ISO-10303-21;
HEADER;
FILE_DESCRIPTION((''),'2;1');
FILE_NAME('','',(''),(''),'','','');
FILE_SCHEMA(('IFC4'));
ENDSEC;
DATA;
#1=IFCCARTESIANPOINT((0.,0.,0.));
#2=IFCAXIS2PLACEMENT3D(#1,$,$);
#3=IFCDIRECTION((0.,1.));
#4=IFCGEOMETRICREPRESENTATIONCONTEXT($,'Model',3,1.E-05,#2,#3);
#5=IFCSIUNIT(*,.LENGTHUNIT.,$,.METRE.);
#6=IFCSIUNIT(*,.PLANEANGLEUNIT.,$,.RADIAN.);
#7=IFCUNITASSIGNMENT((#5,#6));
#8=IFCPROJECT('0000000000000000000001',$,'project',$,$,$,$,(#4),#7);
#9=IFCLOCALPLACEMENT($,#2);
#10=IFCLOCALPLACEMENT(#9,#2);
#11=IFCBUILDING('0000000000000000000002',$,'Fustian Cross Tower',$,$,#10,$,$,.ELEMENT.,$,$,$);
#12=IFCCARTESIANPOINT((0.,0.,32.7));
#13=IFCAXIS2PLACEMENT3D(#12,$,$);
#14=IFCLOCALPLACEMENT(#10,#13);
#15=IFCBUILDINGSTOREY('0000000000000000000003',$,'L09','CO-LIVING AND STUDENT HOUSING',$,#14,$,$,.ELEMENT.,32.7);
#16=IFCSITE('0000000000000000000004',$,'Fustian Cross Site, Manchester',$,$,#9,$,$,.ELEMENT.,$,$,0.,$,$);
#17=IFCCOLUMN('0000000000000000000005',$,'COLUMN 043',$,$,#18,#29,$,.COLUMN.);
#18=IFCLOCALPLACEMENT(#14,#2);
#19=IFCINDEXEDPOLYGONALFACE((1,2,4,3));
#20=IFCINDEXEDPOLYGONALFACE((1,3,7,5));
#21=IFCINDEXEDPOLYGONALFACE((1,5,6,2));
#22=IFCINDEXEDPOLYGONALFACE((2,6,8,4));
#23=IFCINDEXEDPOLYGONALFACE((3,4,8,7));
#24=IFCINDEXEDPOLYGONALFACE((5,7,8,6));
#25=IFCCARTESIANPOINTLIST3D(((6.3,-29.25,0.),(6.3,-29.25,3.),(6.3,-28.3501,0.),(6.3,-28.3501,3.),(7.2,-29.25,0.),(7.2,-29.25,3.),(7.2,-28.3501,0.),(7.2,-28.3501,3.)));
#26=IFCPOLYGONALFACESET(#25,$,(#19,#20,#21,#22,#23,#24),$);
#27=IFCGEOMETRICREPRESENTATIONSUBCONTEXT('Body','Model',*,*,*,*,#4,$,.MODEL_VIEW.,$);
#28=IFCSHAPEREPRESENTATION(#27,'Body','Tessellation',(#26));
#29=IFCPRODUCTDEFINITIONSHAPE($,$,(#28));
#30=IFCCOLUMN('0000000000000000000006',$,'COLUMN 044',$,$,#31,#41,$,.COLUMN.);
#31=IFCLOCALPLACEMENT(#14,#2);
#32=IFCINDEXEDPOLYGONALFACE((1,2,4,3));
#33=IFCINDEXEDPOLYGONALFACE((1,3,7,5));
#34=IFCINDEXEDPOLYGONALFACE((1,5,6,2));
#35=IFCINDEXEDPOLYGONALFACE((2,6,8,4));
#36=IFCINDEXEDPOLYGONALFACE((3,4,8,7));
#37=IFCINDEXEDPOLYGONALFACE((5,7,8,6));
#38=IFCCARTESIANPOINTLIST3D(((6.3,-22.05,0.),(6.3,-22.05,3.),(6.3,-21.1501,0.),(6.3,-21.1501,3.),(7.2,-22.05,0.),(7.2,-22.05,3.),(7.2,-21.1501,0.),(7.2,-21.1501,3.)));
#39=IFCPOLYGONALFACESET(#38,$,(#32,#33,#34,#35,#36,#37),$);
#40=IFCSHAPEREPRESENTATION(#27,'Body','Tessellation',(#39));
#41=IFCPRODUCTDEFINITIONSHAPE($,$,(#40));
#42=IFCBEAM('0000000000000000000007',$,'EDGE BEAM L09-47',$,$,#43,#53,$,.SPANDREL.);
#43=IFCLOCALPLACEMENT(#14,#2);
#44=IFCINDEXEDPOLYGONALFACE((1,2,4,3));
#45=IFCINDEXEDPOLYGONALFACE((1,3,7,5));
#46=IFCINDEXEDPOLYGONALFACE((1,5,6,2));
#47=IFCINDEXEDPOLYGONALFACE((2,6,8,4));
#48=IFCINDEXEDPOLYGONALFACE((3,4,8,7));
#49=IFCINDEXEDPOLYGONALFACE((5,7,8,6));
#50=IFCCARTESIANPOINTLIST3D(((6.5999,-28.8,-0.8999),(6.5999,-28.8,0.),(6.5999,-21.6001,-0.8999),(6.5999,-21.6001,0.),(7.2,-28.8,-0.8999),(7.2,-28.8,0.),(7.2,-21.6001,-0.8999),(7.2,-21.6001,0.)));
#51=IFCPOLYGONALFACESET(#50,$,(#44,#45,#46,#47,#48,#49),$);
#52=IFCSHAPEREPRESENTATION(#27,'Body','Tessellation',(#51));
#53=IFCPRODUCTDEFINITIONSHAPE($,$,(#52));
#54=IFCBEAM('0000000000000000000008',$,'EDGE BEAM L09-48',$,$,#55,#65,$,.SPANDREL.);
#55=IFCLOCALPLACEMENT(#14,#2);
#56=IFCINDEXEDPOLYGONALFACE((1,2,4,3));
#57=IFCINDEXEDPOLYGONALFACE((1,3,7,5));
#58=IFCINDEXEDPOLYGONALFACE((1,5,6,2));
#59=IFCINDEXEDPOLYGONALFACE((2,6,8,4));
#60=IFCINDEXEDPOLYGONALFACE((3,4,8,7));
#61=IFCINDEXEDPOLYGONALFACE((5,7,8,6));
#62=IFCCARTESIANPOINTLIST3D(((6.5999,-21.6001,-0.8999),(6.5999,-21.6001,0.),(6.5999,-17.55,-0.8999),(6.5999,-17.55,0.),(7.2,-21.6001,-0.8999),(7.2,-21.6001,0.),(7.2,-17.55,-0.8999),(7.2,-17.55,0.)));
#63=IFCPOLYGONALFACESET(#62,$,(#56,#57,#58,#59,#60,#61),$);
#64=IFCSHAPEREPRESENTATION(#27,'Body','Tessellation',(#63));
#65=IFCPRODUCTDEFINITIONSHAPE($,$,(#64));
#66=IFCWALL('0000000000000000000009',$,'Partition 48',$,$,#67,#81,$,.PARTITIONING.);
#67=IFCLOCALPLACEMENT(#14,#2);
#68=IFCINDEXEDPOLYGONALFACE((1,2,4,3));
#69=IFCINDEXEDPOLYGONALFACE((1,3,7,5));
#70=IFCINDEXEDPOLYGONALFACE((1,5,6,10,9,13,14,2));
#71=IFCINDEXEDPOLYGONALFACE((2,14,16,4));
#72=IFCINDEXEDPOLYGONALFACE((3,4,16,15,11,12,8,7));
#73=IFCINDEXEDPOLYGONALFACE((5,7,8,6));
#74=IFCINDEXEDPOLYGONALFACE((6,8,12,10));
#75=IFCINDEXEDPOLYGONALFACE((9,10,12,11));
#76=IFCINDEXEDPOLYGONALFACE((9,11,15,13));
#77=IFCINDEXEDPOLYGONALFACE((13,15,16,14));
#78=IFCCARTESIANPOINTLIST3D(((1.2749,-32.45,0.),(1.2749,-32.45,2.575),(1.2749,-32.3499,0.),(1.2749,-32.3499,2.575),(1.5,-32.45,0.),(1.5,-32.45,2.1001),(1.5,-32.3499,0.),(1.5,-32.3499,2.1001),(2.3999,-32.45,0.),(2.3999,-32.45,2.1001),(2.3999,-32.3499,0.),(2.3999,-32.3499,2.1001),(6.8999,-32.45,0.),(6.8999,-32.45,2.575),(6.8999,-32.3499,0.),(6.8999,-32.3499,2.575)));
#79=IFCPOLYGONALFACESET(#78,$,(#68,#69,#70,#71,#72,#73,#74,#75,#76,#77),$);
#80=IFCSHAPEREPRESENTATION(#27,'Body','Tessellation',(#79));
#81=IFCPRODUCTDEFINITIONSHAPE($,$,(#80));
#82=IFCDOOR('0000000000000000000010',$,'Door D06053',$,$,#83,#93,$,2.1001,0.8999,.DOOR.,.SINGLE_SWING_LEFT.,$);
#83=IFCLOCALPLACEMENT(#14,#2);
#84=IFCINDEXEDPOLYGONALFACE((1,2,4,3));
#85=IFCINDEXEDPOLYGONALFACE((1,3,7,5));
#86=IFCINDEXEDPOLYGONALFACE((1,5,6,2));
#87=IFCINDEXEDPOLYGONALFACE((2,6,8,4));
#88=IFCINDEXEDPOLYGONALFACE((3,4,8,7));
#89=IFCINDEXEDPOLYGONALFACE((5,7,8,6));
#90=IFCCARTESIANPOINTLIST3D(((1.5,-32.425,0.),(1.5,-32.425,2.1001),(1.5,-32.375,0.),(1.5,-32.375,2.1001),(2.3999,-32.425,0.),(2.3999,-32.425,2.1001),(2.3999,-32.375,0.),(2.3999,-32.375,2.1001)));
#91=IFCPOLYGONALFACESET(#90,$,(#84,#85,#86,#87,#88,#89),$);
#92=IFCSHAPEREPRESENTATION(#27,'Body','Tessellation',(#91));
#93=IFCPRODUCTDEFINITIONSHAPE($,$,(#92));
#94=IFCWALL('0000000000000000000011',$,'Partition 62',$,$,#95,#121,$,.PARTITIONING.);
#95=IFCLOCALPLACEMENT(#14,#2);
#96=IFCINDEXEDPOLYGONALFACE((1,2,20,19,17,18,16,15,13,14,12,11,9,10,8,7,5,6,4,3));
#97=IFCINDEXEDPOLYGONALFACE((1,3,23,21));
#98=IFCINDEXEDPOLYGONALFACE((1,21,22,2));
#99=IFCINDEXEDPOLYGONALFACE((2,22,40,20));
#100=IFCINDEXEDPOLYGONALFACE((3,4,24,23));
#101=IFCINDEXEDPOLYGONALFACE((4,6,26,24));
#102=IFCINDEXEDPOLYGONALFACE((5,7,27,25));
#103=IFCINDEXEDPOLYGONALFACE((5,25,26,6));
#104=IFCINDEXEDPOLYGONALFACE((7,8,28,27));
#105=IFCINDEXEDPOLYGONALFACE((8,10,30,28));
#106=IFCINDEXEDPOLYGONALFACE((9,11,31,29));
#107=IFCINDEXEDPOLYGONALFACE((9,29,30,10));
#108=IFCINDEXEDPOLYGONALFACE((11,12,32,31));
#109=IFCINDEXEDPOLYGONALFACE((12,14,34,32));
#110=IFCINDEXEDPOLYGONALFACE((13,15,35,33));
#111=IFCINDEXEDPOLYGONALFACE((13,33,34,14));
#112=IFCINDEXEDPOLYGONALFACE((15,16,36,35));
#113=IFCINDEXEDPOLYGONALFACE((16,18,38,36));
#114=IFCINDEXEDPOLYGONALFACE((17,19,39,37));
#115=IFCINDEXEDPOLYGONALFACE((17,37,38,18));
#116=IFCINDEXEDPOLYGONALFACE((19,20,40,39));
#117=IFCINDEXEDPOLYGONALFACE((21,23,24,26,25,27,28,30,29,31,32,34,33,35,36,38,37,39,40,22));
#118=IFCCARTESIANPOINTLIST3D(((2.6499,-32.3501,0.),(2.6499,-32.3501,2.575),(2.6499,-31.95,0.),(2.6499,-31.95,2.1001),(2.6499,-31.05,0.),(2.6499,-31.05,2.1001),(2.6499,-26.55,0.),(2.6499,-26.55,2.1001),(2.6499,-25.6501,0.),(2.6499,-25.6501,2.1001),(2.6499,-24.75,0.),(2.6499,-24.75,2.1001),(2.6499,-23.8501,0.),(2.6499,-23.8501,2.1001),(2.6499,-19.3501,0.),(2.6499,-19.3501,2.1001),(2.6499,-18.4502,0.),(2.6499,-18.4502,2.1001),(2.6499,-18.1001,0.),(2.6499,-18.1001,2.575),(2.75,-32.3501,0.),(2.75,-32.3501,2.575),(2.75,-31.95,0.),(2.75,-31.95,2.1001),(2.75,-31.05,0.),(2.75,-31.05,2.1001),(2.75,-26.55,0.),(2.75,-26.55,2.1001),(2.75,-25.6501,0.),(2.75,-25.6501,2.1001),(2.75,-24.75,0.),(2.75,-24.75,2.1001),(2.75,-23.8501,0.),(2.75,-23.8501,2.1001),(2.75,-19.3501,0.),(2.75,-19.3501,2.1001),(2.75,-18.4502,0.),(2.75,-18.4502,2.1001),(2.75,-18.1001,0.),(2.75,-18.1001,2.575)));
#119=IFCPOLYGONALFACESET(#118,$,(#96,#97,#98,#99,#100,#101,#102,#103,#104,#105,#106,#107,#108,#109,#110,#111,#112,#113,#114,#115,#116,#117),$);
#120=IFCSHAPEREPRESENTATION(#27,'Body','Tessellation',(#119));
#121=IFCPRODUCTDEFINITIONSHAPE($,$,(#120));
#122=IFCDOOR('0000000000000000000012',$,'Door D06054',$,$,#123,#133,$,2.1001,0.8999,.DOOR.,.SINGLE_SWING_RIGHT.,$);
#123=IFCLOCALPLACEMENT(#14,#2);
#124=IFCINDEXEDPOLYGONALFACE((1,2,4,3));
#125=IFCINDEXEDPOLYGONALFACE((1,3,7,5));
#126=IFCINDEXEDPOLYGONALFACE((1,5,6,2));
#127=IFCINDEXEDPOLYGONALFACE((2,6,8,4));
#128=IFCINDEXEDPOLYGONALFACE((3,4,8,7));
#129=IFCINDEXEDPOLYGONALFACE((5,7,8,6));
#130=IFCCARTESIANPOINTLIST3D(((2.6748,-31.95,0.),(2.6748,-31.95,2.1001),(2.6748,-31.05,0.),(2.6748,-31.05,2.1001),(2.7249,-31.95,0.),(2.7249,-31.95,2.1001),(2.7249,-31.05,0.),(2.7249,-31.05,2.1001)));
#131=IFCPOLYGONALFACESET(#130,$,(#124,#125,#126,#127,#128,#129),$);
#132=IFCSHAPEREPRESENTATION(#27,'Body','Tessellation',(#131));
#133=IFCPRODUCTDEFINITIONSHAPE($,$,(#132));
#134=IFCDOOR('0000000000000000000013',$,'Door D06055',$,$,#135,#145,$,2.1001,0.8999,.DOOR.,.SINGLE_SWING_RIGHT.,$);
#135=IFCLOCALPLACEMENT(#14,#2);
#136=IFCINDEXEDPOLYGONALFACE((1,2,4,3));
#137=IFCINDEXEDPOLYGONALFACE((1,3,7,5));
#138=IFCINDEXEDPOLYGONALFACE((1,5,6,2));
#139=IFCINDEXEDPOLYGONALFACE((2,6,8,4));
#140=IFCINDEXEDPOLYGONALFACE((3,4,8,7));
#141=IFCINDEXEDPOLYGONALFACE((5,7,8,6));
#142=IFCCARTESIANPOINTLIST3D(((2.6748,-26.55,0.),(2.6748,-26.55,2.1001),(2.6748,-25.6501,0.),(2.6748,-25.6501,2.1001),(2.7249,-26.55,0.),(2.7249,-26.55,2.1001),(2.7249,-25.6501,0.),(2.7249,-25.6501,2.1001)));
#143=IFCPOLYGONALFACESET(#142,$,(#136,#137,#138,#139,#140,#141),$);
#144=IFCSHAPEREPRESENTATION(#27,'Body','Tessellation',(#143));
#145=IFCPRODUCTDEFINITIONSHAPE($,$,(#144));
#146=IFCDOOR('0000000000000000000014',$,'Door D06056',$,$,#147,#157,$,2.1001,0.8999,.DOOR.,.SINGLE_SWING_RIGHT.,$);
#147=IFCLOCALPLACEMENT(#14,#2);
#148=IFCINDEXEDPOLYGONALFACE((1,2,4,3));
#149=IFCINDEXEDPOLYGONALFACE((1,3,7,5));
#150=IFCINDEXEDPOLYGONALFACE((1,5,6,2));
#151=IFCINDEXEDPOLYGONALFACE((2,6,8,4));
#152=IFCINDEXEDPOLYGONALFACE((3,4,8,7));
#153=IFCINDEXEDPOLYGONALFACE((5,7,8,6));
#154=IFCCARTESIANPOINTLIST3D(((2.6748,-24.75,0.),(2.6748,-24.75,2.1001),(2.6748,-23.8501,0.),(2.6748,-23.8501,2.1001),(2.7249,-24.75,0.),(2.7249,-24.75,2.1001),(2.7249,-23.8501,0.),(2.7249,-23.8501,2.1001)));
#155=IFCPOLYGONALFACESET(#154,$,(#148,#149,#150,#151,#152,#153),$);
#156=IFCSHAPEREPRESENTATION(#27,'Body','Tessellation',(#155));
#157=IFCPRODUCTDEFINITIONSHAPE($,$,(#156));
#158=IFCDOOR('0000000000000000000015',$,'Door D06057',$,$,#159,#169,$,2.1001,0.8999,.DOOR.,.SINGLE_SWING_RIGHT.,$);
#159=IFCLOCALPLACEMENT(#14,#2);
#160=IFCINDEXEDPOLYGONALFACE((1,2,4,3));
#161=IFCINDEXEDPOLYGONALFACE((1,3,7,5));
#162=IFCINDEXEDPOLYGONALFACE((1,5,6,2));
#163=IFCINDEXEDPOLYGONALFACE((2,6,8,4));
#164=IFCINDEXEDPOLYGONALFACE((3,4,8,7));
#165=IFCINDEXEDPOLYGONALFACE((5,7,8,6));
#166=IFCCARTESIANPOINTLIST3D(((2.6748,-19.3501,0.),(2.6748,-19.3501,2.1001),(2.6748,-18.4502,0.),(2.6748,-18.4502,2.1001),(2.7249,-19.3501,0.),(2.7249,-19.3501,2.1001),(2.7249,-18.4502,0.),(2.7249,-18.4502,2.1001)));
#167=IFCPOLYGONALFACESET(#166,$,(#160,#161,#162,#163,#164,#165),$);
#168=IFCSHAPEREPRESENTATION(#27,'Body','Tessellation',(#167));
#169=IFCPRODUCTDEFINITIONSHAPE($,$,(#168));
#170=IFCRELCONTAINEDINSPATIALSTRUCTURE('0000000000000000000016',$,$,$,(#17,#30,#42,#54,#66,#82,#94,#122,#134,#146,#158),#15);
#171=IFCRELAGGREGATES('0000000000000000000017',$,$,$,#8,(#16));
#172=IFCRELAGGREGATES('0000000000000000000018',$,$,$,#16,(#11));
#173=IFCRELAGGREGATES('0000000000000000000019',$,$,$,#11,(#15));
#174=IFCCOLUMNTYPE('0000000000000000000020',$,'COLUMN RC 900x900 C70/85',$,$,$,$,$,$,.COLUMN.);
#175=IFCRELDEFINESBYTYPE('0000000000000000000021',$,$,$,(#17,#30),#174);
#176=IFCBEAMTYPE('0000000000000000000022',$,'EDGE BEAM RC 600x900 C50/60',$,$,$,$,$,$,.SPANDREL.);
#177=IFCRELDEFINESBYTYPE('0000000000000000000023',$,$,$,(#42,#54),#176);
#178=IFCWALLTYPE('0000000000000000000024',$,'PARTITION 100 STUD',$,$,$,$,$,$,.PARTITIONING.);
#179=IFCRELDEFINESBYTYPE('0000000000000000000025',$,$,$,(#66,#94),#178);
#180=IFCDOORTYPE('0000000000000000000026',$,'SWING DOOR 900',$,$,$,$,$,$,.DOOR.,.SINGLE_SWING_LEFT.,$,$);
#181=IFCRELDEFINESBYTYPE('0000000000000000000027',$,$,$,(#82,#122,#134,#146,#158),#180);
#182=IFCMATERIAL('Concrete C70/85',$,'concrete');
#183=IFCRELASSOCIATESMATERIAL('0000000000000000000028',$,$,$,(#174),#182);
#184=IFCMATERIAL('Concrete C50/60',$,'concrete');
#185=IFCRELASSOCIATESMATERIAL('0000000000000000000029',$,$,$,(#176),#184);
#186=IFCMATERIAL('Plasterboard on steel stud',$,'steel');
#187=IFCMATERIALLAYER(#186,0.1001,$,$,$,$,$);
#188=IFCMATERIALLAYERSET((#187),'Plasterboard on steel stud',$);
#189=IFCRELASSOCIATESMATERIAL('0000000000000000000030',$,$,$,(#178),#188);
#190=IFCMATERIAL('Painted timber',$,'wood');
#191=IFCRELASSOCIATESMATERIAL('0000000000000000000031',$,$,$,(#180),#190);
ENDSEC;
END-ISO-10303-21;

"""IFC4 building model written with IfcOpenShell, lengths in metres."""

from ifc_helpers import new_model, si_unit, direction, frame, frame_2d, origin, origin_2d, place, context, subcontext, project, spatial, rectangle, extrude, material, layer, layer_set, material_profile, profile_set, type_object, element, fill, save


model = new_model("IFC4")

# Units and contexts
model_context = context("Model", 3, precision=1e-05, world=origin(), true_north=direction((0.0, 1.0)))
body_context = subcontext(model_context, "Body", "Model", "MODEL_VIEW")
ifc_project = project(units=[si_unit("LENGTHUNIT", "METRE"), si_unit("PLANEANGLEUNIT", "RADIAN")], contexts=[model_context])

# Site, building, storey
site_placement = place(None, origin())
site = spatial("IfcSite", under=ifc_project, at=site_placement, Name="Fustian Cross Site, Manchester", CompositionType="ELEMENT", RefElevation=0.0)
building_placement = place(site_placement, origin())
building = spatial("IfcBuilding", under=site, at=building_placement, Name="Fustian Cross Tower", CompositionType="ELEMENT")
storey_placement = place(building_placement, frame((0.0, 0.0, 32.7)))
storey = spatial("IfcBuildingStorey", under=building, at=storey_placement, Name="L09", Description="CO-LIVING AND STUDENT HOUSING", CompositionType="ELEMENT", Elevation=32.7)

# Columns
ifc_material_1 = material(Name="Concrete C70/85", Category="concrete")
ifc_material_profile_1 = material_profile(ifc_material_1, rectangle(XDim=0.8999, YDim=0.8999, at=origin_2d()), Name="RC 900x900")
ifc_profile_set_1 = profile_set([ifc_material_profile_1], Name="Concrete C70/85")
column_type = type_object("IfcColumnType", Name="COLUMN RC 900x900 C70/85", PredefinedType="COLUMN", material=ifc_profile_set_1)
for number, where, z_axis, x_axis, name in (
    (1, (6.75, -28.8, 0.0), (0.0, 0.0, 1.0), (1.0, 0.0, 0.0), "COLUMN 043"),
    (2, (6.75, -21.6001, 0.0), (0.0, 0.0, 1.0), (1.0, 0.0, 0.0), "COLUMN 044"),
):
    element("IfcColumn", number, at=place(storey_placement, frame(where, z_axis=z_axis, x_axis=x_axis)), inside=storey, type_object=column_type, Name=name, PredefinedType="COLUMN", context=body_context, shape_type="SweptSolid", body=[
        extrude(rectangle(XDim=0.8999, YDim=0.8999, at=origin_2d()), origin(), (0.0, 0.0, 1.0), 3.0),
    ])

# Beams
ifc_material_2 = material(Name="Concrete C50/60", Category="concrete")
ifc_material_profile_2 = material_profile(ifc_material_2, rectangle(XDim=0.6001, YDim=0.8999, at=origin_2d()), Name="RC 600x900")
ifc_profile_set_2 = profile_set([ifc_material_profile_2], Name="Concrete C50/60")
beam_type = type_object("IfcBeamType", Name="EDGE BEAM RC 600x900 C50/60", PredefinedType="SPANDREL", material=ifc_profile_set_2)
beam_1_placement = place(storey_placement, frame((6.8999, -28.8, -0.45), z_axis=(0.0, 1.0, 0.0), x_axis=(-1.0, 0.0, 0.0)))
element("IfcBeam", 3, at=beam_1_placement, inside=storey, type_object=beam_type, Name="EDGE BEAM L09-47", PredefinedType="SPANDREL", context=body_context, shape_type="SweptSolid", body=[
    extrude(rectangle(XDim=0.6001, YDim=0.8999, at=origin_2d()), origin(), (0.0, 0.0, 1.0), 7.2),
])
beam_2_placement = place(storey_placement, frame((6.8999, -21.6001, -0.45), z_axis=(0.0, 1.0, 0.0), x_axis=(-1.0, 0.0, 0.0)))
element("IfcBeam", 4, at=beam_2_placement, inside=storey, type_object=beam_type, Name="EDGE BEAM L09-48", PredefinedType="SPANDREL", context=body_context, shape_type="SweptSolid", body=[
    extrude(rectangle(XDim=0.6001, YDim=0.8999, at=origin_2d()), origin(), (0.0, 0.0, 1.0), 4.05),
])

# Wall, opening, door
ifc_material_3 = material(Name="Plasterboard on steel stud", Category="steel")
ifc_layer_1 = layer(ifc_material_3, 0.1001)
ifc_layer_set_1 = layer_set([ifc_layer_1], Name="Plasterboard on steel stud")
wall_type_1 = type_object("IfcWallType", Name="PARTITION 100 STUD", PredefinedType="PARTITIONING", material=ifc_layer_set_1)
wall_1_placement = place(storey_placement, frame((1.2749, -32.3999, 0.0), z_axis=(0.0, 0.0, 1.0), x_axis=(1.0, 0.0, 0.0)))
wall_1 = element("IfcWall", 5, at=wall_1_placement, inside=storey, type_object=wall_type_1, Name="Partition 48", PredefinedType="PARTITIONING", context=body_context, shape_type="SweptSolid", body=[
    extrude(rectangle(XDim=5.625, YDim=0.1001, at=frame_2d((2.8125, 0.0))), origin(), (0.0, 0.0, 1.0), 2.575),
])
opening_1_placement = place(wall_1_placement, frame((0.2251, 0.0, 0.0)))
opening_1 = element("IfcOpeningElement", 6, at=opening_1_placement, cuts=wall_1, PredefinedType="OPENING", context=body_context, shape_type="SweptSolid", body=[
    extrude(rectangle(XDim=0.8999, YDim=2.1001, at=frame_2d((0.45, 1.05))), frame((0.0, 0.0601, 0.0), z_axis=(0.0, -1.0, 0.0), x_axis=(1.0, 0.0, 0.0)), (0.0, 0.0, 1.0), 0.1201),
])
ifc_material_4 = material(Name="Painted timber", Category="wood")
door_type_1 = type_object("IfcDoorType", Name="SWING DOOR 900", OperationType="SINGLE_SWING_LEFT", PredefinedType="DOOR", material=ifc_material_4)
door_1_placement = place(opening_1_placement, origin())
door_1 = element("IfcDoor", 7, at=door_1_placement, inside=storey, type_object=door_type_1, Name="Door D06053", OperationType="SINGLE_SWING_LEFT", OverallHeight=2.1001, OverallWidth=0.8999, PredefinedType="DOOR", context=body_context, shape_type="SweptSolid", body=[
    extrude(rectangle(XDim=0.8999, YDim=2.1001, at=frame_2d((0.45, 1.05))), frame((0.0, 0.0249, 0.0), z_axis=(0.0, -1.0, 0.0), x_axis=(1.0, 0.0, 0.0)), (0.0, 0.0, 1.0), 0.05),
])
fill(opening_1, door_1)

# Wall, openings, doors
wall_2_placement = place(storey_placement, frame((2.7, -32.3501, 0.0), z_axis=(0.0, 0.0, 1.0), x_axis=(0.0, 1.0, 0.0)))
wall_2 = element("IfcWall", 8, at=wall_2_placement, inside=storey, type_object=wall_type_1, Name="Partition 62", PredefinedType="PARTITIONING", context=body_context, shape_type="SweptSolid", body=[
    extrude(rectangle(XDim=14.25, YDim=0.1001, at=frame_2d((7.125, 0.0))), origin(), (0.0, 0.0, 1.0), 2.575),
])
opening_2_placement = place(wall_2_placement, frame((0.4001, 0.0, 0.0)))
opening_2 = element("IfcOpeningElement", 9, at=opening_2_placement, cuts=wall_2, PredefinedType="OPENING", context=body_context, shape_type="SweptSolid", body=[
    extrude(rectangle(XDim=0.8999, YDim=2.1001, at=frame_2d((0.45, 1.05))), frame((0.0, 0.0601, 0.0), z_axis=(0.0, -1.0, 0.0), x_axis=(1.0, 0.0, 0.0)), (0.0, 0.0, 1.0), 0.1201),
])
opening_3_placement = place(wall_2_placement, frame((5.8, 0.0, 0.0)))
opening_3 = element("IfcOpeningElement", 10, at=opening_3_placement, cuts=wall_2, PredefinedType="OPENING", context=body_context, shape_type="SweptSolid", body=[
    extrude(rectangle(XDim=0.8999, YDim=2.1001, at=frame_2d((0.45, 1.05))), frame((0.0, 0.0601, 0.0), z_axis=(0.0, -1.0, 0.0), x_axis=(1.0, 0.0, 0.0)), (0.0, 0.0, 1.0), 0.1201),
])
opening_4_placement = place(wall_2_placement, frame((7.6001, 0.0, 0.0)))
opening_4 = element("IfcOpeningElement", 11, at=opening_4_placement, cuts=wall_2, PredefinedType="OPENING", context=body_context, shape_type="SweptSolid", body=[
    extrude(rectangle(XDim=0.8999, YDim=2.1001, at=frame_2d((0.45, 1.05))), frame((0.0, 0.0601, 0.0), z_axis=(0.0, -1.0, 0.0), x_axis=(1.0, 0.0, 0.0)), (0.0, 0.0, 1.0), 0.1201),
])
opening_5_placement = place(wall_2_placement, frame((13.0, 0.0, 0.0)))
opening_5 = element("IfcOpeningElement", 12, at=opening_5_placement, cuts=wall_2, PredefinedType="OPENING", context=body_context, shape_type="SweptSolid", body=[
    extrude(rectangle(XDim=0.8999, YDim=2.1001, at=frame_2d((0.45, 1.05))), frame((0.0, 0.0601, 0.0), z_axis=(0.0, -1.0, 0.0), x_axis=(1.0, 0.0, 0.0)), (0.0, 0.0, 1.0), 0.1201),
])
door_2_placement = place(opening_2_placement, frame((0.8999, 0.0, 0.0), z_axis=(0.0, 0.0, 1.0), x_axis=(-1.0, 0.0, 0.0)))
door_2 = element("IfcDoor", 13, at=door_2_placement, inside=storey, type_object=door_type_1, Name="Door D06054", OperationType="SINGLE_SWING_RIGHT", OverallHeight=2.1001, OverallWidth=0.8999, PredefinedType="DOOR", context=body_context, shape_type="SweptSolid", body=[
    extrude(rectangle(XDim=0.8999, YDim=2.1001, at=frame_2d((0.45, 1.05))), frame((0.0, 0.0249, 0.0), z_axis=(0.0, -1.0, 0.0), x_axis=(1.0, 0.0, 0.0)), (0.0, 0.0, 1.0), 0.05),
])
fill(opening_2, door_2)
door_3_placement = place(opening_3_placement, frame((0.8999, 0.0, 0.0), z_axis=(0.0, 0.0, 1.0), x_axis=(-1.0, 0.0, 0.0)))
door_3 = element("IfcDoor", 14, at=door_3_placement, inside=storey, type_object=door_type_1, Name="Door D06055", OperationType="SINGLE_SWING_RIGHT", OverallHeight=2.1001, OverallWidth=0.8999, PredefinedType="DOOR", context=body_context, shape_type="SweptSolid", body=[
    extrude(rectangle(XDim=0.8999, YDim=2.1001, at=frame_2d((0.45, 1.05))), frame((0.0, 0.0249, 0.0), z_axis=(0.0, -1.0, 0.0), x_axis=(1.0, 0.0, 0.0)), (0.0, 0.0, 1.0), 0.05),
])
fill(opening_3, door_3)
door_4_placement = place(opening_4_placement, frame((0.8999, 0.0, 0.0), z_axis=(0.0, 0.0, 1.0), x_axis=(-1.0, 0.0, 0.0)))
door_4 = element("IfcDoor", 15, at=door_4_placement, inside=storey, type_object=door_type_1, Name="Door D06056", OperationType="SINGLE_SWING_RIGHT", OverallHeight=2.1001, OverallWidth=0.8999, PredefinedType="DOOR", context=body_context, shape_type="SweptSolid", body=[
    extrude(rectangle(XDim=0.8999, YDim=2.1001, at=frame_2d((0.45, 1.05))), frame((0.0, 0.0249, 0.0), z_axis=(0.0, -1.0, 0.0), x_axis=(1.0, 0.0, 0.0)), (0.0, 0.0, 1.0), 0.05),
])
fill(opening_4, door_4)
door_5_placement = place(opening_5_placement, frame((0.8999, 0.0, 0.0), z_axis=(0.0, 0.0, 1.0), x_axis=(-1.0, 0.0, 0.0)))
door_5 = element("IfcDoor", 16, at=door_5_placement, inside=storey, type_object=door_type_1, Name="Door D06057", OperationType="SINGLE_SWING_RIGHT", OverallHeight=2.1001, OverallWidth=0.8999, PredefinedType="DOOR", context=body_context, shape_type="SweptSolid", body=[
    extrude(rectangle(XDim=0.8999, YDim=2.1001, at=frame_2d((0.45, 1.05))), frame((0.0, 0.0249, 0.0), z_axis=(0.0, -1.0, 0.0), x_axis=(1.0, 0.0, 0.0)), (0.0, 0.0, 1.0), 0.05),
])
fill(opening_5, door_5)

save(model, "model.ifc")
